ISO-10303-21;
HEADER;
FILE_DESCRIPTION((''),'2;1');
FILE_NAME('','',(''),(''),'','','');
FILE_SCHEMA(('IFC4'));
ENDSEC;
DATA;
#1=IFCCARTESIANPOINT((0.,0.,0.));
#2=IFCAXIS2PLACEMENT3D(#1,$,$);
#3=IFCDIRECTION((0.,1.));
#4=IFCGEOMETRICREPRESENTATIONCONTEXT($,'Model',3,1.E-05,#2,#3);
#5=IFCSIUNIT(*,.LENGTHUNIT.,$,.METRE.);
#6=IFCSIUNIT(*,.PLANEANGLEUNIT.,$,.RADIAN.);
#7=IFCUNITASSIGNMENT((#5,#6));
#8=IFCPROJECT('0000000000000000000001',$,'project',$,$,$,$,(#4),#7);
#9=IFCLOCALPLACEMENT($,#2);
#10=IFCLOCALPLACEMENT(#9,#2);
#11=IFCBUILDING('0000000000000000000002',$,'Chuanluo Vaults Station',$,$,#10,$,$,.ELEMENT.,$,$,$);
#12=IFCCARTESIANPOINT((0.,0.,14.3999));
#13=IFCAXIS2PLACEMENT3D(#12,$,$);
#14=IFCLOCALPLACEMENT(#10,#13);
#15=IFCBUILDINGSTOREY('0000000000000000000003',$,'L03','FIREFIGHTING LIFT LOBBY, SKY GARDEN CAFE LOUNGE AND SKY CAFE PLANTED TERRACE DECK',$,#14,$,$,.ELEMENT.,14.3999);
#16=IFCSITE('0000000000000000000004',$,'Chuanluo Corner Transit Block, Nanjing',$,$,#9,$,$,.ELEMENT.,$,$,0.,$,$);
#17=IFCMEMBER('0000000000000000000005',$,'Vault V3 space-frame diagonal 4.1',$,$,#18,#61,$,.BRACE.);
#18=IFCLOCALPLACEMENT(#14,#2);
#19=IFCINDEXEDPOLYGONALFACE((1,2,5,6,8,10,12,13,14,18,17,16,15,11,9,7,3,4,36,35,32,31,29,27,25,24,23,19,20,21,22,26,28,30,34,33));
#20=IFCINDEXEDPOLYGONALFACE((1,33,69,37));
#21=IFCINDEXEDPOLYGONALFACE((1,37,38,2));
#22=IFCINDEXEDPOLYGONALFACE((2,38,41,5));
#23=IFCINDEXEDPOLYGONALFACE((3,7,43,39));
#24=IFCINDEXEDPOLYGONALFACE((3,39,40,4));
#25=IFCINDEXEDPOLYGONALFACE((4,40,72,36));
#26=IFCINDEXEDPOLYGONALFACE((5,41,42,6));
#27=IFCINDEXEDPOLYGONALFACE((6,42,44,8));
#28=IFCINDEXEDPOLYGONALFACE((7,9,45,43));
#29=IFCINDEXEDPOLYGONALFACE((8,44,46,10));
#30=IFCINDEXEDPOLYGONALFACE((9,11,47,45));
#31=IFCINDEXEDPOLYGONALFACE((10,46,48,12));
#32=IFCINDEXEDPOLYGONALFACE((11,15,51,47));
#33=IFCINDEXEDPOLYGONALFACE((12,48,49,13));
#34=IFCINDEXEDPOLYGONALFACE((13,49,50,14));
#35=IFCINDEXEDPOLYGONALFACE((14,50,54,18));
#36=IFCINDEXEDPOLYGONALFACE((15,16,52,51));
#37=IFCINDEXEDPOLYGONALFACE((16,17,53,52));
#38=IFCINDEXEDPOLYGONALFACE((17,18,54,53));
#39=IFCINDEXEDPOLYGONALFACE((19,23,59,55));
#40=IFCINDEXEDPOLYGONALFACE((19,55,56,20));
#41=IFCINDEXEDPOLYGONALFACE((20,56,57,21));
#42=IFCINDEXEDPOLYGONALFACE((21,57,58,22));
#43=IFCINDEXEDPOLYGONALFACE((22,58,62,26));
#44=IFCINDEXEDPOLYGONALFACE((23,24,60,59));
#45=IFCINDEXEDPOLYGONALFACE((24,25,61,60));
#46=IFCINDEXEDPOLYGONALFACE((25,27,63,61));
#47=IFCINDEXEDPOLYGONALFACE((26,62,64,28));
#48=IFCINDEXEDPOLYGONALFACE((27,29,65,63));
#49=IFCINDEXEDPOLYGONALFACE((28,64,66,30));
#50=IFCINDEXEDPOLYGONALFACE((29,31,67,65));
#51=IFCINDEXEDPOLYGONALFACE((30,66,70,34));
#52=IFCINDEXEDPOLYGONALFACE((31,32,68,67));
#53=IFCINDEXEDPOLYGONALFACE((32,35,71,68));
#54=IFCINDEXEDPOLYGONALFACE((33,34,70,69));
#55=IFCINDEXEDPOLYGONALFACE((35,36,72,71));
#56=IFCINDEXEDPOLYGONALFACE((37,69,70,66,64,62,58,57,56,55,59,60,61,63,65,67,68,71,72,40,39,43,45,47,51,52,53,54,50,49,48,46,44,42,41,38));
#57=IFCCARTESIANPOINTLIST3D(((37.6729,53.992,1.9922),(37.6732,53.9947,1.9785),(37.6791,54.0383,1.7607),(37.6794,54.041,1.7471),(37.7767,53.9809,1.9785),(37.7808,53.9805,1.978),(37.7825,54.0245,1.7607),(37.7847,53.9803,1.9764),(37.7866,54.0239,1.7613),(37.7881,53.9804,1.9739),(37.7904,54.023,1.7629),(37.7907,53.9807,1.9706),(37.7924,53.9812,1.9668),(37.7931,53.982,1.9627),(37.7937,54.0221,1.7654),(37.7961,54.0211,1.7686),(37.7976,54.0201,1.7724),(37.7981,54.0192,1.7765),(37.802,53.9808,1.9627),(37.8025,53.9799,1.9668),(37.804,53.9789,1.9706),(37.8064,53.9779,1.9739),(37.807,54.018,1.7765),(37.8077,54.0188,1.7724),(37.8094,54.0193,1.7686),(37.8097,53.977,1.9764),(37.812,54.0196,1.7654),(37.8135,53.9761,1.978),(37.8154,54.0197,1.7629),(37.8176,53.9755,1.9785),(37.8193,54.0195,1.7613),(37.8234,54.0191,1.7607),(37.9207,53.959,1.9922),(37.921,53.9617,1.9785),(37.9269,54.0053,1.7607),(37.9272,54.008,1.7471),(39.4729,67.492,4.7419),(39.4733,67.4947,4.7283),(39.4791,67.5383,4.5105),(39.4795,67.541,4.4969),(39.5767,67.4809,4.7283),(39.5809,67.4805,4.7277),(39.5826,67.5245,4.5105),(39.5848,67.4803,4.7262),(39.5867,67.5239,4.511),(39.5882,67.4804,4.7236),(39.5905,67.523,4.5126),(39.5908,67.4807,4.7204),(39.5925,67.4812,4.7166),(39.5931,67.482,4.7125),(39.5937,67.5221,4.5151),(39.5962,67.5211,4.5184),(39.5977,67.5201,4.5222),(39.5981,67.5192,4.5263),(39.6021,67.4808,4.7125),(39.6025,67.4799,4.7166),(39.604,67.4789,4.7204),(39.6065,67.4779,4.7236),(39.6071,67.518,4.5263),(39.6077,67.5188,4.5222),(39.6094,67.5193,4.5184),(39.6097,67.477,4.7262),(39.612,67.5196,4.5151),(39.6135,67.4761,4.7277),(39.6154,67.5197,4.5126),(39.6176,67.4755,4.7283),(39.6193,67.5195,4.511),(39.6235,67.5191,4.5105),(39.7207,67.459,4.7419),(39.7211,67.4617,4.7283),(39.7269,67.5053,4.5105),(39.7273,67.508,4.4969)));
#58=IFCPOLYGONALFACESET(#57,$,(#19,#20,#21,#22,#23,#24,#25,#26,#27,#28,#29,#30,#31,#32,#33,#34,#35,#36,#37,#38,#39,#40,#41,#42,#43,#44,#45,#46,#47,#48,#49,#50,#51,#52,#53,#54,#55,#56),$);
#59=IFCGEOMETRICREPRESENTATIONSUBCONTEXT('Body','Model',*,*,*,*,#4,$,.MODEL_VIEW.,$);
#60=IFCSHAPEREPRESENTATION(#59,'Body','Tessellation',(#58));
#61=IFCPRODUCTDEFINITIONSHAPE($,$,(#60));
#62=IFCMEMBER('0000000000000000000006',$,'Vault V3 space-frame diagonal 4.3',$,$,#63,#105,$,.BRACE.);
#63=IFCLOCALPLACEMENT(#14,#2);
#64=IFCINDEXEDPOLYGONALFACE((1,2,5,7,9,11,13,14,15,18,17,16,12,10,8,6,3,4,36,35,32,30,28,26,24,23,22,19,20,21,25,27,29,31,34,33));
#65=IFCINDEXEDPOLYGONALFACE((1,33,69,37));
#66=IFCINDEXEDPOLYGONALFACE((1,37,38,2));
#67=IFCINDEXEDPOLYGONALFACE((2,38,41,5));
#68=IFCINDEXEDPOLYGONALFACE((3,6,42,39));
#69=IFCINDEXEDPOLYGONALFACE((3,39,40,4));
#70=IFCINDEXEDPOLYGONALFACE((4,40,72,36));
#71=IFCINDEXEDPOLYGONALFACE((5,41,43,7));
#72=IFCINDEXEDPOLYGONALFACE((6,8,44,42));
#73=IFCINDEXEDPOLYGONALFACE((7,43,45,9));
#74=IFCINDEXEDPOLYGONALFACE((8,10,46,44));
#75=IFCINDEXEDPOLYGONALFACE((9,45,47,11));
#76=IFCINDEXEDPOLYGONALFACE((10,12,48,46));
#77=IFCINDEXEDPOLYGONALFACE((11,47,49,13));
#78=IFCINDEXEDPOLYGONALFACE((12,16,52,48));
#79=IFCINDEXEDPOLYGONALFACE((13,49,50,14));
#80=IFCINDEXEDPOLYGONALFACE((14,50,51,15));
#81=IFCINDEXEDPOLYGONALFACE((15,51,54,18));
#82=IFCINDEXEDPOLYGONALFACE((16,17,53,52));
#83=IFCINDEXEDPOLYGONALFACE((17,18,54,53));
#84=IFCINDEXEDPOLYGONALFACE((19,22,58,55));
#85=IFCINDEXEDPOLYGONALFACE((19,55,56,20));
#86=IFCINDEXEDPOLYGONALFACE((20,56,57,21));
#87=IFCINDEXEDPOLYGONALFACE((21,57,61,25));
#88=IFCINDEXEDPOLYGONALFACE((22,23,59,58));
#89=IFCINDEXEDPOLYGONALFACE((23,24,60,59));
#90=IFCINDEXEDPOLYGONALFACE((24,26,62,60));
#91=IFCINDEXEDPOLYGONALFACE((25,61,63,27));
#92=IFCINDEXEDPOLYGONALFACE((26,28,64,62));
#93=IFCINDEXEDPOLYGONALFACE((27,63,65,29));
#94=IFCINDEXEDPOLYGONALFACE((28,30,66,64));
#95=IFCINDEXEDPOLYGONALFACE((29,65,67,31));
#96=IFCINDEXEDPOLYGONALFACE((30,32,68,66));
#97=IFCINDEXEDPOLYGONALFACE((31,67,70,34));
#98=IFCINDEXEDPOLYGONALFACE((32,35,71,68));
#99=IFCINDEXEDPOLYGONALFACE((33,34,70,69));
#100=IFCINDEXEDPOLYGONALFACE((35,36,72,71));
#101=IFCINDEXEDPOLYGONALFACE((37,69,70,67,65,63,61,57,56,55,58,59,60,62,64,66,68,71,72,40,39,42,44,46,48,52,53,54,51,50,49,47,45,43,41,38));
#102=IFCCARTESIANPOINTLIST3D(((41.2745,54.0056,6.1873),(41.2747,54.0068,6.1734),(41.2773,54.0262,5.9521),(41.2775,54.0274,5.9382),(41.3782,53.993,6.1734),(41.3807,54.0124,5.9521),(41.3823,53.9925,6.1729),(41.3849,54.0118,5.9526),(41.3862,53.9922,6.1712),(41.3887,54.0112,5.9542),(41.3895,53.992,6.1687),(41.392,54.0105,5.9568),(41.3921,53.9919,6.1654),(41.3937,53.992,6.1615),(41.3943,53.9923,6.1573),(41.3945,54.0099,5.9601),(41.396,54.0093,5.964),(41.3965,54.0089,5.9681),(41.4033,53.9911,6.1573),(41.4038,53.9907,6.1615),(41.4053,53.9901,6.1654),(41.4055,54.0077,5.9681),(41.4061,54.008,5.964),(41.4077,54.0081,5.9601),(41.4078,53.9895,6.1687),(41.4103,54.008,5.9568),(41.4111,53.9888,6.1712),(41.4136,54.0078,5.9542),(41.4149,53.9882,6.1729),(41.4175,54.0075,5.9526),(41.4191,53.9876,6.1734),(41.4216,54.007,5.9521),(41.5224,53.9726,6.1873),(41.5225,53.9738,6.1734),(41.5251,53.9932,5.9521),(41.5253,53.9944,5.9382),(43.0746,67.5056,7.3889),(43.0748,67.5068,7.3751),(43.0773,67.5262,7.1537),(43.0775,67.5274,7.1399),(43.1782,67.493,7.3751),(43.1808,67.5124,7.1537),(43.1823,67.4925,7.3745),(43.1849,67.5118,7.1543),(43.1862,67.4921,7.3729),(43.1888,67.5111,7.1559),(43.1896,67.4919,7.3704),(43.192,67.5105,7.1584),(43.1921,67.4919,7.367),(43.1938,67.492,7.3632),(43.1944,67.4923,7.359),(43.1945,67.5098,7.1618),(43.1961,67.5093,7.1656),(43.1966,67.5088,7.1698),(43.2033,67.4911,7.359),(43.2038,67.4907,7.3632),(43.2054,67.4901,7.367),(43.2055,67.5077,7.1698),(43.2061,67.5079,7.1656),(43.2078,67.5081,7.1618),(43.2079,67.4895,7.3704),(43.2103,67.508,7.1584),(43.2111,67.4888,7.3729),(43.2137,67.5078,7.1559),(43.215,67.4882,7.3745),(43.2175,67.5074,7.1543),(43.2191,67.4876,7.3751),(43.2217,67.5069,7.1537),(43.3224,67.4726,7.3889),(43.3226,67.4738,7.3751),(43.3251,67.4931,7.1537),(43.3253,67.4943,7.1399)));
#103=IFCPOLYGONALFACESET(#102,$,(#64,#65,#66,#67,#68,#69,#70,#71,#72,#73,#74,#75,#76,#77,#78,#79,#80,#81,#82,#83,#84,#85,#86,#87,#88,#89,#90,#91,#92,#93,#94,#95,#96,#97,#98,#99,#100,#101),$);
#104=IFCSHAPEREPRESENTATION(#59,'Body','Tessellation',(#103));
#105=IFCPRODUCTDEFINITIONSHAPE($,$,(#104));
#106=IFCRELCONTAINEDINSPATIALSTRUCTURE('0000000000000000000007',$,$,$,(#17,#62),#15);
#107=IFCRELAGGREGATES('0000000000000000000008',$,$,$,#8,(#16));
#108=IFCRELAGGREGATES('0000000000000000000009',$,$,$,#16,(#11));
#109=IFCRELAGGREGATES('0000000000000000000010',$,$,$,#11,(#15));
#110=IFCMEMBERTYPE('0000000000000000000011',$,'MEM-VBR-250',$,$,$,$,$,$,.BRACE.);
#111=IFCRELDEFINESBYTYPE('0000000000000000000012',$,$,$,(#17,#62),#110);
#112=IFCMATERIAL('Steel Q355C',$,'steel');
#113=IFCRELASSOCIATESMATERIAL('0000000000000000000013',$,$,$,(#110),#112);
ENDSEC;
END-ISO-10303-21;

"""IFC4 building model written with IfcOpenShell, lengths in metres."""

from ifc_helpers import new_model, si_unit, direction, frame, origin, origin_2d, place, context, subcontext, project, spatial, i_section, extrude, material, material_profile, profile_set, type_object, element, save


model = new_model("IFC4")

# Units and contexts
model_context = context("Model", 3, precision=1e-05, world=origin(), true_north=direction((0.0, 1.0)))
body_context = subcontext(model_context, "Body", "Model", "MODEL_VIEW")
ifc_project = project(units=[si_unit("LENGTHUNIT", "METRE"), si_unit("PLANEANGLEUNIT", "RADIAN")], contexts=[model_context])

# Site, building, storey
site_placement = place(None, origin())
site = spatial("IfcSite", under=ifc_project, at=site_placement, Name="Chuanluo Corner Transit Block, Nanjing", CompositionType="ELEMENT", RefElevation=0.0)
building_placement = place(site_placement, origin())
building = spatial("IfcBuilding", under=site, at=building_placement, Name="Chuanluo Vaults Station", CompositionType="ELEMENT")
storey_placement = place(building_placement, frame((0.0, 0.0, 14.3999)))
storey = spatial("IfcBuildingStorey", under=building, at=storey_placement, Name="L03", Description="FIREFIGHTING LIFT LOBBY, SKY GARDEN CAFE LOUNGE AND SKY CAFE PLANTED TERRACE DECK", CompositionType="ELEMENT", Elevation=14.3999)

# Members
ifc_material_1 = material(Name="Steel Q355C", Category="steel")
ifc_material_profile_1 = material_profile(ifc_material_1, i_section(OverallWidth=0.25, OverallDepth=0.25, WebThickness=0.009, FlangeThickness=0.0139, FilletRadius=0.0161, at=origin_2d()))
ifc_profile_set_1 = profile_set([ifc_material_profile_1], Name="Steel Q355C")
member_type_1 = type_object("IfcMemberType", Name="MEM-VBR-250", PredefinedType="BRACE", material=ifc_profile_set_1)
member_1_placement = place(storey_placement, frame((37.8, 54.0, 1.8696), z_axis=(0.129553, 0.971622, 0.197905), x_axis=(-0.991227, 0.132167, 0.0)))
element("IfcMember", 1, at=member_1_placement, inside=storey, type_object=member_type_1, Name="Vault V3 space-frame diagonal 4.1", PredefinedType="BRACE", context=body_context, shape_type="SweptSolid", body=[
    extrude(i_section(OverallWidth=0.25, OverallDepth=0.25, WebThickness=0.009, FlangeThickness=0.0139, FilletRadius=0.0161, at=origin_2d()), origin(), (0.0, 0.0, 1.0), 13.8943),
])
member_2_placement = place(storey_placement, frame((41.3999, 54.0, 6.0627), z_axis=(0.131656, 0.987392, 0.08789), x_axis=(-0.991227, 0.132167, 0.0)))
element("IfcMember", 2, at=member_2_placement, inside=storey, type_object=member_type_1, Name="Vault V3 space-frame diagonal 4.3", PredefinedType="BRACE", context=body_context, shape_type="SweptSolid", body=[
    extrude(i_section(OverallWidth=0.25, OverallDepth=0.25, WebThickness=0.009, FlangeThickness=0.0139, FilletRadius=0.0161, at=origin_2d()), origin(), (0.0, 0.0, 1.0), 13.6724),
])

save(model, "model.ifc")
